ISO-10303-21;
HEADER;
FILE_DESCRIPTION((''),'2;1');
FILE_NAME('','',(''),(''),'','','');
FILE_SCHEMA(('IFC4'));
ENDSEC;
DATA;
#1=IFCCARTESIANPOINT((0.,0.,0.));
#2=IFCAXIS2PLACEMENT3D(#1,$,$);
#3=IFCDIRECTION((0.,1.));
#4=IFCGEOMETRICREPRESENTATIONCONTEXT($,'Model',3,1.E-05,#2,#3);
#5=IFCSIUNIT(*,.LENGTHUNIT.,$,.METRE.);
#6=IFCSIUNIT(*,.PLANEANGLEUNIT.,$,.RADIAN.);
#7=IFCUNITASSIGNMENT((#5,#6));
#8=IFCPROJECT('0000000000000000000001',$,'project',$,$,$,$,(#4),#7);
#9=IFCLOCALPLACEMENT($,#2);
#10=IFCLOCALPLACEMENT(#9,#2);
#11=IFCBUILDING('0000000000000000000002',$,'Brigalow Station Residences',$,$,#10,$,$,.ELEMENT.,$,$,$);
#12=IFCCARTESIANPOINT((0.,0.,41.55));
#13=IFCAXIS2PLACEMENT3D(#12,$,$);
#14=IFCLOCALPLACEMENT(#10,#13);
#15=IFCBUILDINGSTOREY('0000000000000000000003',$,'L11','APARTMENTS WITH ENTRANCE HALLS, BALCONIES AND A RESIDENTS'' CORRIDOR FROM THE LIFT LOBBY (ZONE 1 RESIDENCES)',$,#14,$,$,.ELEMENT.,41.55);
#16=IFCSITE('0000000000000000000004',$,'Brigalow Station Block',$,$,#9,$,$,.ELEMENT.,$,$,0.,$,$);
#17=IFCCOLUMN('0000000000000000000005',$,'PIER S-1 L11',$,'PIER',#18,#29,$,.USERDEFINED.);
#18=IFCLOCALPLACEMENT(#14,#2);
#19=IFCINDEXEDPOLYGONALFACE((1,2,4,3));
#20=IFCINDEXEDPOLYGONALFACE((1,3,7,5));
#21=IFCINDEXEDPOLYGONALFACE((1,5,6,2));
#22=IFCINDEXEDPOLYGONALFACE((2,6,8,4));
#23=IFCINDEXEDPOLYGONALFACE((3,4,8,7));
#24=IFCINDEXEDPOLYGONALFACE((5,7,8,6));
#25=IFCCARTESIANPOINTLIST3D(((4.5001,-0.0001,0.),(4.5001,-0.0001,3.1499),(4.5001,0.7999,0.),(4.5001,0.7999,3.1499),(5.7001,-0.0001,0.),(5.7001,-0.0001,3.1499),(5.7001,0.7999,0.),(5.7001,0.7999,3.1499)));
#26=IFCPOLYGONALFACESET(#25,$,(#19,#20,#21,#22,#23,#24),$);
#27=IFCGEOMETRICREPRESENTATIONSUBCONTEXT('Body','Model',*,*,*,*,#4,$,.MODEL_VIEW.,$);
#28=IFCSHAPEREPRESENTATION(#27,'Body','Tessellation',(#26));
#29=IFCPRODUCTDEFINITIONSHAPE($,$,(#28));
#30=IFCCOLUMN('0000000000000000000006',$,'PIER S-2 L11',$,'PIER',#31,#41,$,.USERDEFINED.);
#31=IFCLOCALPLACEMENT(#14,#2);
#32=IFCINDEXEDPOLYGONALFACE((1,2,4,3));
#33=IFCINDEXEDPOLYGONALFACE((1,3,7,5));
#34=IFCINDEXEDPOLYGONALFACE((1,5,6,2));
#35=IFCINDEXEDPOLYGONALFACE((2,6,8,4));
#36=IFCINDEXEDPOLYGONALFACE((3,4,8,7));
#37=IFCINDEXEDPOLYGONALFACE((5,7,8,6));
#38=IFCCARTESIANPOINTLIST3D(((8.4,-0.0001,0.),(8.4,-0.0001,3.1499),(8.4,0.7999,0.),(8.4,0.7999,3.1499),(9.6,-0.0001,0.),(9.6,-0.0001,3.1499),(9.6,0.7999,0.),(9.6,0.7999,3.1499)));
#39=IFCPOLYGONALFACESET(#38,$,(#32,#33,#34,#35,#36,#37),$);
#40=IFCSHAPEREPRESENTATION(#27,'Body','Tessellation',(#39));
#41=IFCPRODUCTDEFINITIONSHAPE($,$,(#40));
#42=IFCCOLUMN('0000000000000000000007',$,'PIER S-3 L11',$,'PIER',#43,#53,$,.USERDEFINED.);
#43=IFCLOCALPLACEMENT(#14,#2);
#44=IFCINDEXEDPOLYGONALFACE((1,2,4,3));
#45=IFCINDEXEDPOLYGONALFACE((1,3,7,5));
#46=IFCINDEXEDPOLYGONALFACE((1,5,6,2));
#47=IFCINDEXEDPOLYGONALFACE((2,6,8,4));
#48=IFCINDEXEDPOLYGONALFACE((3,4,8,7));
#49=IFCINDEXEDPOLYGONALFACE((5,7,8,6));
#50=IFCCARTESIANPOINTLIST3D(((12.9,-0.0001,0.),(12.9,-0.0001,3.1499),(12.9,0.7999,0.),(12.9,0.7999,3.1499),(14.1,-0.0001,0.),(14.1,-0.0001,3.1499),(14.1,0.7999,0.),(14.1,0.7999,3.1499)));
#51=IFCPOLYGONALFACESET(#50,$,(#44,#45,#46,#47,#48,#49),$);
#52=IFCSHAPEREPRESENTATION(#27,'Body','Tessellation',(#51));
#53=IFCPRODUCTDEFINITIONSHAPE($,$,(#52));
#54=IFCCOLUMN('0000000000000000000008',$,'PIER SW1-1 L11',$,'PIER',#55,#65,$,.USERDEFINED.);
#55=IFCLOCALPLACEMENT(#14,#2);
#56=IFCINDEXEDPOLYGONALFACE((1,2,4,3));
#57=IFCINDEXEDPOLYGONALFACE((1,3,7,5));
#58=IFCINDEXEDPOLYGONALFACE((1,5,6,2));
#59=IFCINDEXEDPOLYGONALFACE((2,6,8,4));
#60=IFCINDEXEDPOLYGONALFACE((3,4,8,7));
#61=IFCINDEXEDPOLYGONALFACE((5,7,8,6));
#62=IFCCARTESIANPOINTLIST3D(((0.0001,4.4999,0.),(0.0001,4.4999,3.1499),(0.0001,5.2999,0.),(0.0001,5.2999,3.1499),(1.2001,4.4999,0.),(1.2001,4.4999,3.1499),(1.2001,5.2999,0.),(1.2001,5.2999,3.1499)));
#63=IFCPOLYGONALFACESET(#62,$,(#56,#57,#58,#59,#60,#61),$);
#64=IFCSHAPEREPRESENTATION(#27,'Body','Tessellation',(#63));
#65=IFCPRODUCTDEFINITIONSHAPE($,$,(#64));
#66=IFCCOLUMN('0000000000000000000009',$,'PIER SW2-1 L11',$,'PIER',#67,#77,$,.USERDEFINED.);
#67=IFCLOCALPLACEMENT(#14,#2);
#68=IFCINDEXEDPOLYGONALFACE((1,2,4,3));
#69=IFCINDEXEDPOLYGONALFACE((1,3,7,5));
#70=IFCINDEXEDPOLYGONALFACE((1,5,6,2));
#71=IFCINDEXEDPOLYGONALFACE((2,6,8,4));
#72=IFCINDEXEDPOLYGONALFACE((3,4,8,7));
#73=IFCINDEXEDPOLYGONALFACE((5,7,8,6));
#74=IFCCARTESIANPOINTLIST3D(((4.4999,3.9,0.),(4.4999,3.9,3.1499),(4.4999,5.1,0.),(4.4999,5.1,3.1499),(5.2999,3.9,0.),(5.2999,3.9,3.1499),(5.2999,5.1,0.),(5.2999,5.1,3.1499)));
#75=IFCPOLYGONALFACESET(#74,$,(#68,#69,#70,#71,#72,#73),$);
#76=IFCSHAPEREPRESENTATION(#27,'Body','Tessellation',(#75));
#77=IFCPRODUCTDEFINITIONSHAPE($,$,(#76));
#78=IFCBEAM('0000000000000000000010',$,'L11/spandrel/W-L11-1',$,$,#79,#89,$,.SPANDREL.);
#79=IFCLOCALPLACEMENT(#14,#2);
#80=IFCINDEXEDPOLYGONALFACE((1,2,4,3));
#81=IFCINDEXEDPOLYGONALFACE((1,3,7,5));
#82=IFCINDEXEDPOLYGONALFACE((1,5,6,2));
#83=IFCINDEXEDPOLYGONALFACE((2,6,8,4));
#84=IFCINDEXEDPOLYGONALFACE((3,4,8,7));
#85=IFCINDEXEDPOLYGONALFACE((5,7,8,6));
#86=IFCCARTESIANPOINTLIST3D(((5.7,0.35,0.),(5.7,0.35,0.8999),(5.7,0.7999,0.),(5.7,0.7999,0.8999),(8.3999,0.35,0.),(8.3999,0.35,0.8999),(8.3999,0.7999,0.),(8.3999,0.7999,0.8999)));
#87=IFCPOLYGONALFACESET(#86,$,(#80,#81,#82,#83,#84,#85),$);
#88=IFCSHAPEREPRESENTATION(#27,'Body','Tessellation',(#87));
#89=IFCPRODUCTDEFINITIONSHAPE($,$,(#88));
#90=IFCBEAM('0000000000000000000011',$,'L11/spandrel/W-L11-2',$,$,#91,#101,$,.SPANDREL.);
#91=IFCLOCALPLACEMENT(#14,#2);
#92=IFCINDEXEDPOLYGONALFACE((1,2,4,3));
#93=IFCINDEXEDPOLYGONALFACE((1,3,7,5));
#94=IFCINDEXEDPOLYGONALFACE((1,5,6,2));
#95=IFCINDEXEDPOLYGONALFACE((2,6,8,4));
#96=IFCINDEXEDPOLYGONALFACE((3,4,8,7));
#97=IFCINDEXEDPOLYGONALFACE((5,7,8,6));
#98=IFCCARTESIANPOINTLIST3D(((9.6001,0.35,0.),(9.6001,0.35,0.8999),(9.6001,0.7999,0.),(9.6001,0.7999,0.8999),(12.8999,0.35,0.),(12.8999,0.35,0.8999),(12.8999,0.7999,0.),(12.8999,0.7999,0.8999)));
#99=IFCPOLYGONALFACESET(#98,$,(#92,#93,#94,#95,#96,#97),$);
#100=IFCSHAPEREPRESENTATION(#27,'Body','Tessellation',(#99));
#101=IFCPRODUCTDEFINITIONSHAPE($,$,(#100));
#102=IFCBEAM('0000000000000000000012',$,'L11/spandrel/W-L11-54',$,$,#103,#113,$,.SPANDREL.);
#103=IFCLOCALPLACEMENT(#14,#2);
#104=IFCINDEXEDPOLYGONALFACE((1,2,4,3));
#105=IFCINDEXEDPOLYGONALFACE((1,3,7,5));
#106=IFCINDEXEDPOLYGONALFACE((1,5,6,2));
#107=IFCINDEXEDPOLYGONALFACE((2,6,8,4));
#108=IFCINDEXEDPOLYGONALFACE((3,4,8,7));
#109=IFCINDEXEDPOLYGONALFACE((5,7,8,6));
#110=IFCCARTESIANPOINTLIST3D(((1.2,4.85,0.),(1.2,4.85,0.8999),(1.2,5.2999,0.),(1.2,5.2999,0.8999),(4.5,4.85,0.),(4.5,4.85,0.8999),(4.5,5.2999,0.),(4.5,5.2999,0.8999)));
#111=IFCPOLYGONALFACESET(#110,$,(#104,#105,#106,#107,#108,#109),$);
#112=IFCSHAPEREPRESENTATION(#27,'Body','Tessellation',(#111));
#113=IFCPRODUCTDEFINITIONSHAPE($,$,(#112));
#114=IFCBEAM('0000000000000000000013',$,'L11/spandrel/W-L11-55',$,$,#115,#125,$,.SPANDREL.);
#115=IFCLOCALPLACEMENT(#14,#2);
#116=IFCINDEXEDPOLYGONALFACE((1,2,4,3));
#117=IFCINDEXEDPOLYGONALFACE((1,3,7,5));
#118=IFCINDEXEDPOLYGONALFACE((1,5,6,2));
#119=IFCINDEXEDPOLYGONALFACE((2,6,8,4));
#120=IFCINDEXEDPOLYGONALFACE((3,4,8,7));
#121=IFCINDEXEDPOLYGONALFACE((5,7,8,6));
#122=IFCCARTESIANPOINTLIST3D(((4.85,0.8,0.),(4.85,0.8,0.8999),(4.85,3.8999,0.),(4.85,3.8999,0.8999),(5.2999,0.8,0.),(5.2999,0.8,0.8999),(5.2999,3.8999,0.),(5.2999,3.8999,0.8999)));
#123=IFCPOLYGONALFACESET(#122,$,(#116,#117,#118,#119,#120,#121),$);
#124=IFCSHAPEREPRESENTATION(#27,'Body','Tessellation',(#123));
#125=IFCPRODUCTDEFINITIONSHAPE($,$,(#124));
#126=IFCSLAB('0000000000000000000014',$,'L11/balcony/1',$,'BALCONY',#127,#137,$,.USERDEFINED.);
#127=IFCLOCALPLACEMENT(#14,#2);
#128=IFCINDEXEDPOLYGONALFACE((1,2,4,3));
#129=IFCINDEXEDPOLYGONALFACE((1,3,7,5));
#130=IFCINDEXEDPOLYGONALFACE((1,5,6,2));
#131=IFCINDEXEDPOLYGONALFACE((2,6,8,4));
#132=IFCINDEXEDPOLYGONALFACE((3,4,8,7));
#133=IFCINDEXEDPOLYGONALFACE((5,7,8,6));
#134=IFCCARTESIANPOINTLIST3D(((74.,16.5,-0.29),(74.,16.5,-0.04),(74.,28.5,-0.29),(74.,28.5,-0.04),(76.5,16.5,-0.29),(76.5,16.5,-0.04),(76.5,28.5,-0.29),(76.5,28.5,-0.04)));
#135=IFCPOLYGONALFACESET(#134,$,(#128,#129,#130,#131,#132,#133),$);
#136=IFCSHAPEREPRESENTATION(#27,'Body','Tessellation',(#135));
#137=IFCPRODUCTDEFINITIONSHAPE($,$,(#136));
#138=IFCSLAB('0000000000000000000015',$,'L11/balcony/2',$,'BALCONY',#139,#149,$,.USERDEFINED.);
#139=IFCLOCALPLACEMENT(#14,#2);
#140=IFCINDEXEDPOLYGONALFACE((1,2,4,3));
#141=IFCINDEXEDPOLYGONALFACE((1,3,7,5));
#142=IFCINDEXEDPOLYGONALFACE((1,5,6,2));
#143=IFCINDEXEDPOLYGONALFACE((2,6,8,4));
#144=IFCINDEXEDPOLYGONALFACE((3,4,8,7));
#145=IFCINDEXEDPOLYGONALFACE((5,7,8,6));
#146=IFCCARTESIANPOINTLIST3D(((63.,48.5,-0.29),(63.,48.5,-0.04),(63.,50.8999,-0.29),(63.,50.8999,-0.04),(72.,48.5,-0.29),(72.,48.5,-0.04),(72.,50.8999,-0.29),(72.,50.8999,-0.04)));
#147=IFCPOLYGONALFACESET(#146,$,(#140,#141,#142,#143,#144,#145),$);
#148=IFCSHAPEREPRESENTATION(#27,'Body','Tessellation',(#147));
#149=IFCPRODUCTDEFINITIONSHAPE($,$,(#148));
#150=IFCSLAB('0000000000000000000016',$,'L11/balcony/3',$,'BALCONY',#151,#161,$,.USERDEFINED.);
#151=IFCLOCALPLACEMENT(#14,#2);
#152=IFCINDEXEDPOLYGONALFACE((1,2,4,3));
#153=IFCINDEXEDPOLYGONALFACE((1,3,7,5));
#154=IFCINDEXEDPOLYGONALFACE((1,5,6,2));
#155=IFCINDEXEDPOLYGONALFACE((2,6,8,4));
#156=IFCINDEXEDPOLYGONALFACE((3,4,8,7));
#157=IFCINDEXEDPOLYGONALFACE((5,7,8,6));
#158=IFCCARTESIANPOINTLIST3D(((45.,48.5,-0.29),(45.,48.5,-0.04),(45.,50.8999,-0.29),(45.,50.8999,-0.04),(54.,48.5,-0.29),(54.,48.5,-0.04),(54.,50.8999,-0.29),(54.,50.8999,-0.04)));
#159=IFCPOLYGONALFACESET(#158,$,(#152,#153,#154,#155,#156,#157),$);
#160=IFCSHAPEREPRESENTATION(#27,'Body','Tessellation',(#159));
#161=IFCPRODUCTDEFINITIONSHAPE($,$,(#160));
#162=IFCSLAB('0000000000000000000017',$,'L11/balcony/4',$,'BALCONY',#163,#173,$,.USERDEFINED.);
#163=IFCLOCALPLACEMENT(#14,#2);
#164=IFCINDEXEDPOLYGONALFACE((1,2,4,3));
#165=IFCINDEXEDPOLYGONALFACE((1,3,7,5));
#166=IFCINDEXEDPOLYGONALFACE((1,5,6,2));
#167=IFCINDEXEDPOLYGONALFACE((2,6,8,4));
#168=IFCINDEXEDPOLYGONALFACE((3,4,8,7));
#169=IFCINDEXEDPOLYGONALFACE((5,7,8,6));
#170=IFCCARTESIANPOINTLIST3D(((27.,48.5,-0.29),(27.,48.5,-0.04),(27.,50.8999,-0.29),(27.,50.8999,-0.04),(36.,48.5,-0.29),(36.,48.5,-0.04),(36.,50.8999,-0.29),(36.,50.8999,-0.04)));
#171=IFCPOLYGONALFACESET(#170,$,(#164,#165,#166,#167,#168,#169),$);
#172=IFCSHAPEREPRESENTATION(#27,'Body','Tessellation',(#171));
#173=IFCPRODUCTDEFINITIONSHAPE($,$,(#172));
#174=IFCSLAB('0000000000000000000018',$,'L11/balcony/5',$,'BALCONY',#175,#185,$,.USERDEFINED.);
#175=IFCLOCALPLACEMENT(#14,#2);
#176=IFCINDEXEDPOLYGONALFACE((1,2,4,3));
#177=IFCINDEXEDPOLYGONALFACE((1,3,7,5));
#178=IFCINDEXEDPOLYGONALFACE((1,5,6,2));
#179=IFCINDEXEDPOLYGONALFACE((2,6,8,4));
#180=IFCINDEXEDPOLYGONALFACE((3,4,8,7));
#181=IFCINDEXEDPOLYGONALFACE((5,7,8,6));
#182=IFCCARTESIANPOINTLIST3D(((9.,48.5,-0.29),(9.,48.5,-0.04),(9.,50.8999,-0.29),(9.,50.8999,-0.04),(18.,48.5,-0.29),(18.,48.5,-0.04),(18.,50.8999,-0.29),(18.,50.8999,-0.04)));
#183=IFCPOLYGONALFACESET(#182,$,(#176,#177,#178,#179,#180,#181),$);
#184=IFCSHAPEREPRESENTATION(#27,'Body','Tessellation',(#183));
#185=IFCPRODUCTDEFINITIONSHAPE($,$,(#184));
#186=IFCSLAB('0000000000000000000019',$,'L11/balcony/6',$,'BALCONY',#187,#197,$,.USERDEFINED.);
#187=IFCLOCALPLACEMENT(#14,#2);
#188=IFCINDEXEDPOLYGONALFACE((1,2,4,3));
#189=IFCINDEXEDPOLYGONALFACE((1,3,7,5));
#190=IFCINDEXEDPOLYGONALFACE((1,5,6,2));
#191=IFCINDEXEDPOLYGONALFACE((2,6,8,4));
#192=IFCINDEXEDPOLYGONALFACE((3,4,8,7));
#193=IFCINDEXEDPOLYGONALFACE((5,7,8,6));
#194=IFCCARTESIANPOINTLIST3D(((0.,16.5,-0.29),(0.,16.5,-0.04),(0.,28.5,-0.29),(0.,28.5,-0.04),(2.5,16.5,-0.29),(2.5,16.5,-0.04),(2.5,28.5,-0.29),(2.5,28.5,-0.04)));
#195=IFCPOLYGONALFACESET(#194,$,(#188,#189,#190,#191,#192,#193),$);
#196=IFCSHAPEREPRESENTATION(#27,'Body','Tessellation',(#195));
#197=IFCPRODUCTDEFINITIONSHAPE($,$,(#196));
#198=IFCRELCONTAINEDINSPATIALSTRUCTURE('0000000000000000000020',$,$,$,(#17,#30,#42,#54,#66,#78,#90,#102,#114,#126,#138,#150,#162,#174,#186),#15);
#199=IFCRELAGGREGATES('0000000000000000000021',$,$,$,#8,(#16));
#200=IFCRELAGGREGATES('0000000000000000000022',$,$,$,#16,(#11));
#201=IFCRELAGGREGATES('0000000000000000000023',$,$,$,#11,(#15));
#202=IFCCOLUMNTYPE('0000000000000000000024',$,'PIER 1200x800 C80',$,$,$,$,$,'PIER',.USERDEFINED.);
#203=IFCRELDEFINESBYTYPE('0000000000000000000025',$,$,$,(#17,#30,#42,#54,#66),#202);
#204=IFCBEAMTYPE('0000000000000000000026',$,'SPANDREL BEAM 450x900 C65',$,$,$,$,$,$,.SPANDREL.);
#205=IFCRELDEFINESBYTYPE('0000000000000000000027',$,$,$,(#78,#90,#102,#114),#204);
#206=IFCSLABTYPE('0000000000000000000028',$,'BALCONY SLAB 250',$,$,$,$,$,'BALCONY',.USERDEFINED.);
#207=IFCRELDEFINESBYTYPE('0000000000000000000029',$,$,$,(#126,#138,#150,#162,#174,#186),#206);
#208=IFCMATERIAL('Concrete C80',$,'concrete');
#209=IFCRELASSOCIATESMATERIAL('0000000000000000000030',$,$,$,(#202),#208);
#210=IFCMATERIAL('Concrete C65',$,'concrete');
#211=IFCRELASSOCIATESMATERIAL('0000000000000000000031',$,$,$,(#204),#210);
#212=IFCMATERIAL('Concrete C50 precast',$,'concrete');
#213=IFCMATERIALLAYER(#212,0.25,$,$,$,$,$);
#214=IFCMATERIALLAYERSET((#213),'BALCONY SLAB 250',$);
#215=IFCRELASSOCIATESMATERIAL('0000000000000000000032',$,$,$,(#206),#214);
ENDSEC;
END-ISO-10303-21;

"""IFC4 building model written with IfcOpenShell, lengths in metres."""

from ifc_helpers import new_model, si_unit, direction, frame, origin, origin_2d, place, context, subcontext, project, spatial, polyline, rectangle, outline, extrude, material, layer, layer_set, material_profile, profile_set, type_object, element, save


model = new_model("IFC4")

# Units and contexts
model_context = context("Model", 3, precision=1e-05, world=origin(), true_north=direction((0.0, 1.0)))
body_context = subcontext(model_context, "Body", "Model", "MODEL_VIEW")
ifc_project = project(units=[si_unit("LENGTHUNIT", "METRE"), si_unit("PLANEANGLEUNIT", "RADIAN")], contexts=[model_context])

# Site, building, storey
site_placement = place(None, origin())
site = spatial("IfcSite", under=ifc_project, at=site_placement, Name="Brigalow Station Block", CompositionType="ELEMENT", RefElevation=0.0)
building_placement = place(site_placement, origin())
building = spatial("IfcBuilding", under=site, at=building_placement, Name="Brigalow Station Residences", CompositionType="ELEMENT")
storey_placement = place(building_placement, frame((0.0, 0.0, 41.55)))
storey = spatial("IfcBuildingStorey", under=building, at=storey_placement, Name="L11", Description="APARTMENTS WITH ENTRANCE HALLS, BALCONIES AND A RESIDENTS' CORRIDOR FROM THE LIFT LOBBY (ZONE 1 RESIDENCES)", CompositionType="ELEMENT", Elevation=41.55)

# Columns
ifc_material_1 = material(Name="Concrete C80", Category="concrete")
ifc_material_profile_1 = material_profile(ifc_material_1, rectangle(XDim=1.2, YDim=0.8, at=origin_2d()), Name="RC1200x800")
ifc_profile_set_1 = profile_set([ifc_material_profile_1], Name="Concrete C80")
column_type = type_object("IfcColumnType", Name="PIER 1200x800 C80", ElementType="PIER", PredefinedType="USERDEFINED", material=ifc_profile_set_1)
for number, where, z_axis, x_axis, name in (
    (1, (5.1001, 0.3999, 0.0), (0.0, 0.0, 1.0), (1.0, 0.0, 0.0), "PIER S-1 L11"),
    (2, (9.0, 0.3999, 0.0), (0.0, 0.0, 1.0), (1.0, 0.0, 0.0), "PIER S-2 L11"),
    (3, (13.5, 0.3999, 0.0), (0.0, 0.0, 1.0), (1.0, 0.0, 0.0), "PIER S-3 L11"),
    (4, (0.6001, 4.8999, 0.0), (0.0, 0.0, 1.0), (1.0, 0.0, 0.0), "PIER SW1-1 L11"),
    (5, (4.8999, 4.5, 0.0), (0.0, 0.0, 1.0), (0.0, -1.0, 0.0), "PIER SW2-1 L11"),
):
    element("IfcColumn", number, at=place(storey_placement, frame(where, z_axis=z_axis, x_axis=x_axis)), inside=storey, type_object=column_type, Name=name, ObjectType="PIER", PredefinedType="USERDEFINED", context=body_context, shape_type="SweptSolid", body=[
        extrude(rectangle(XDim=1.2, YDim=0.8, at=origin_2d()), origin(), (0.0, 0.0, 1.0), 3.1499),
    ])

# Beams
ifc_material_2 = material(Name="Concrete C65", Category="concrete")
ifc_material_profile_2 = material_profile(ifc_material_2, rectangle(XDim=0.45, YDim=0.8999, at=origin_2d()), Name="RC450x900")
ifc_profile_set_2 = profile_set([ifc_material_profile_2], Name="Concrete C65")
beam_type = type_object("IfcBeamType", Name="SPANDREL BEAM 450x900 C65", PredefinedType="SPANDREL", material=ifc_profile_set_2)
beam_1_placement = place(storey_placement, frame((5.7, 0.575, 0.45), z_axis=(1.0, 0.0, 0.0), x_axis=(0.0, 1.0, 0.0)))
element("IfcBeam", 6, at=beam_1_placement, inside=storey, type_object=beam_type, Name="L11/spandrel/W-L11-1", PredefinedType="SPANDREL", context=body_context, shape_type="SweptSolid", body=[
    extrude(rectangle(XDim=0.45, YDim=0.8999, at=origin_2d()), origin(), (0.0, 0.0, 1.0), 2.7),
])
beam_2_placement = place(storey_placement, frame((9.6001, 0.575, 0.45), z_axis=(1.0, 0.0, 0.0), x_axis=(0.0, 1.0, 0.0)))
element("IfcBeam", 7, at=beam_2_placement, inside=storey, type_object=beam_type, Name="L11/spandrel/W-L11-2", PredefinedType="SPANDREL", context=body_context, shape_type="SweptSolid", body=[
    extrude(rectangle(XDim=0.45, YDim=0.8999, at=origin_2d()), origin(), (0.0, 0.0, 1.0), 3.2998),
])
beam_3_placement = place(storey_placement, frame((1.2, 5.075, 0.45), z_axis=(1.0, 0.0, 0.0), x_axis=(0.0, 1.0, 0.0)))
element("IfcBeam", 8, at=beam_3_placement, inside=storey, type_object=beam_type, Name="L11/spandrel/W-L11-54", PredefinedType="SPANDREL", context=body_context, shape_type="SweptSolid", body=[
    extrude(rectangle(XDim=0.45, YDim=0.8999, at=origin_2d()), origin(), (0.0, 0.0, 1.0), 3.3),
])
beam_4_placement = place(storey_placement, frame((5.075, 3.8999, 0.45), z_axis=(0.0, -1.0, 0.0), x_axis=(1.0, 0.0, 0.0)))
element("IfcBeam", 9, at=beam_4_placement, inside=storey, type_object=beam_type, Name="L11/spandrel/W-L11-55", PredefinedType="SPANDREL", context=body_context, shape_type="SweptSolid", body=[
    extrude(rectangle(XDim=0.45, YDim=0.8999, at=origin_2d()), origin(), (0.0, 0.0, 1.0), 3.0999),
])

# Slabs
ifc_material_3 = material(Name="Concrete C50 precast", Category="concrete")
ifc_layer_1 = layer(ifc_material_3, 0.25)
ifc_layer_set_1 = layer_set([ifc_layer_1], Name="BALCONY SLAB 250")
slab_type_1 = type_object("IfcSlabType", Name="BALCONY SLAB 250", ElementType="BALCONY", PredefinedType="USERDEFINED", material=ifc_layer_set_1)
slab_1_placement = place(storey_placement, frame((0.0, 0.0, -0.29)))
element("IfcSlab", 10, at=slab_1_placement, inside=storey, type_object=slab_type_1, Name="L11/balcony/1", ObjectType="BALCONY", PredefinedType="USERDEFINED", context=body_context, shape_type="SweptSolid", body=[
    extrude(outline(polyline([(74.0, 16.5), (76.5, 16.5), (76.5, 28.5), (74.0, 28.5), (74.0, 16.5)])), origin(), (0.0, 0.0, 1.0), 0.25),
])
slab_2_placement = place(storey_placement, frame((0.0, 0.0, -0.29)))
element("IfcSlab", 11, at=slab_2_placement, inside=storey, type_object=slab_type_1, Name="L11/balcony/2", ObjectType="BALCONY", PredefinedType="USERDEFINED", context=body_context, shape_type="SweptSolid", body=[
    extrude(outline(polyline([(72.0, 48.5), (72.0, 50.8999), (63.0, 50.8999), (63.0, 48.5), (72.0, 48.5)])), origin(), (0.0, 0.0, 1.0), 0.25),
])
slab_3_placement = place(storey_placement, frame((0.0, 0.0, -0.29)))
element("IfcSlab", 12, at=slab_3_placement, inside=storey, type_object=slab_type_1, Name="L11/balcony/3", ObjectType="BALCONY", PredefinedType="USERDEFINED", context=body_context, shape_type="SweptSolid", body=[
    extrude(outline(polyline([(54.0, 48.5), (54.0, 50.8999), (45.0, 50.8999), (45.0, 48.5), (54.0, 48.5)])), origin(), (0.0, 0.0, 1.0), 0.25),
])
slab_4_placement = place(storey_placement, frame((0.0, 0.0, -0.29)))
element("IfcSlab", 13, at=slab_4_placement, inside=storey, type_object=slab_type_1, Name="L11/balcony/4", ObjectType="BALCONY", PredefinedType="USERDEFINED", context=body_context, shape_type="SweptSolid", body=[
    extrude(outline(polyline([(36.0, 48.5), (36.0, 50.8999), (27.0, 50.8999), (27.0, 48.5), (36.0, 48.5)])), origin(), (0.0, 0.0, 1.0), 0.25),
])
slab_5_placement = place(storey_placement, frame((0.0, 0.0, -0.29)))
element("IfcSlab", 14, at=slab_5_placement, inside=storey, type_object=slab_type_1, Name="L11/balcony/5", ObjectType="BALCONY", PredefinedType="USERDEFINED", context=body_context, shape_type="SweptSolid", body=[
    extrude(outline(polyline([(18.0, 48.5), (18.0, 50.8999), (9.0, 50.8999), (9.0, 48.5), (18.0, 48.5)])), origin(), (0.0, 0.0, 1.0), 0.25),
])
slab_6_placement = place(storey_placement, frame((0.0, 0.0, -0.29)))
element("IfcSlab", 15, at=slab_6_placement, inside=storey, type_object=slab_type_1, Name="L11/balcony/6", ObjectType="BALCONY", PredefinedType="USERDEFINED", context=body_context, shape_type="SweptSolid", body=[
    extrude(outline(polyline([(2.5, 28.5), (0.0, 28.5), (0.0, 16.5), (2.5, 16.5), (2.5, 28.5)])), origin(), (0.0, 0.0, 1.0), 0.25),
])

save(model, "model.ifc")
